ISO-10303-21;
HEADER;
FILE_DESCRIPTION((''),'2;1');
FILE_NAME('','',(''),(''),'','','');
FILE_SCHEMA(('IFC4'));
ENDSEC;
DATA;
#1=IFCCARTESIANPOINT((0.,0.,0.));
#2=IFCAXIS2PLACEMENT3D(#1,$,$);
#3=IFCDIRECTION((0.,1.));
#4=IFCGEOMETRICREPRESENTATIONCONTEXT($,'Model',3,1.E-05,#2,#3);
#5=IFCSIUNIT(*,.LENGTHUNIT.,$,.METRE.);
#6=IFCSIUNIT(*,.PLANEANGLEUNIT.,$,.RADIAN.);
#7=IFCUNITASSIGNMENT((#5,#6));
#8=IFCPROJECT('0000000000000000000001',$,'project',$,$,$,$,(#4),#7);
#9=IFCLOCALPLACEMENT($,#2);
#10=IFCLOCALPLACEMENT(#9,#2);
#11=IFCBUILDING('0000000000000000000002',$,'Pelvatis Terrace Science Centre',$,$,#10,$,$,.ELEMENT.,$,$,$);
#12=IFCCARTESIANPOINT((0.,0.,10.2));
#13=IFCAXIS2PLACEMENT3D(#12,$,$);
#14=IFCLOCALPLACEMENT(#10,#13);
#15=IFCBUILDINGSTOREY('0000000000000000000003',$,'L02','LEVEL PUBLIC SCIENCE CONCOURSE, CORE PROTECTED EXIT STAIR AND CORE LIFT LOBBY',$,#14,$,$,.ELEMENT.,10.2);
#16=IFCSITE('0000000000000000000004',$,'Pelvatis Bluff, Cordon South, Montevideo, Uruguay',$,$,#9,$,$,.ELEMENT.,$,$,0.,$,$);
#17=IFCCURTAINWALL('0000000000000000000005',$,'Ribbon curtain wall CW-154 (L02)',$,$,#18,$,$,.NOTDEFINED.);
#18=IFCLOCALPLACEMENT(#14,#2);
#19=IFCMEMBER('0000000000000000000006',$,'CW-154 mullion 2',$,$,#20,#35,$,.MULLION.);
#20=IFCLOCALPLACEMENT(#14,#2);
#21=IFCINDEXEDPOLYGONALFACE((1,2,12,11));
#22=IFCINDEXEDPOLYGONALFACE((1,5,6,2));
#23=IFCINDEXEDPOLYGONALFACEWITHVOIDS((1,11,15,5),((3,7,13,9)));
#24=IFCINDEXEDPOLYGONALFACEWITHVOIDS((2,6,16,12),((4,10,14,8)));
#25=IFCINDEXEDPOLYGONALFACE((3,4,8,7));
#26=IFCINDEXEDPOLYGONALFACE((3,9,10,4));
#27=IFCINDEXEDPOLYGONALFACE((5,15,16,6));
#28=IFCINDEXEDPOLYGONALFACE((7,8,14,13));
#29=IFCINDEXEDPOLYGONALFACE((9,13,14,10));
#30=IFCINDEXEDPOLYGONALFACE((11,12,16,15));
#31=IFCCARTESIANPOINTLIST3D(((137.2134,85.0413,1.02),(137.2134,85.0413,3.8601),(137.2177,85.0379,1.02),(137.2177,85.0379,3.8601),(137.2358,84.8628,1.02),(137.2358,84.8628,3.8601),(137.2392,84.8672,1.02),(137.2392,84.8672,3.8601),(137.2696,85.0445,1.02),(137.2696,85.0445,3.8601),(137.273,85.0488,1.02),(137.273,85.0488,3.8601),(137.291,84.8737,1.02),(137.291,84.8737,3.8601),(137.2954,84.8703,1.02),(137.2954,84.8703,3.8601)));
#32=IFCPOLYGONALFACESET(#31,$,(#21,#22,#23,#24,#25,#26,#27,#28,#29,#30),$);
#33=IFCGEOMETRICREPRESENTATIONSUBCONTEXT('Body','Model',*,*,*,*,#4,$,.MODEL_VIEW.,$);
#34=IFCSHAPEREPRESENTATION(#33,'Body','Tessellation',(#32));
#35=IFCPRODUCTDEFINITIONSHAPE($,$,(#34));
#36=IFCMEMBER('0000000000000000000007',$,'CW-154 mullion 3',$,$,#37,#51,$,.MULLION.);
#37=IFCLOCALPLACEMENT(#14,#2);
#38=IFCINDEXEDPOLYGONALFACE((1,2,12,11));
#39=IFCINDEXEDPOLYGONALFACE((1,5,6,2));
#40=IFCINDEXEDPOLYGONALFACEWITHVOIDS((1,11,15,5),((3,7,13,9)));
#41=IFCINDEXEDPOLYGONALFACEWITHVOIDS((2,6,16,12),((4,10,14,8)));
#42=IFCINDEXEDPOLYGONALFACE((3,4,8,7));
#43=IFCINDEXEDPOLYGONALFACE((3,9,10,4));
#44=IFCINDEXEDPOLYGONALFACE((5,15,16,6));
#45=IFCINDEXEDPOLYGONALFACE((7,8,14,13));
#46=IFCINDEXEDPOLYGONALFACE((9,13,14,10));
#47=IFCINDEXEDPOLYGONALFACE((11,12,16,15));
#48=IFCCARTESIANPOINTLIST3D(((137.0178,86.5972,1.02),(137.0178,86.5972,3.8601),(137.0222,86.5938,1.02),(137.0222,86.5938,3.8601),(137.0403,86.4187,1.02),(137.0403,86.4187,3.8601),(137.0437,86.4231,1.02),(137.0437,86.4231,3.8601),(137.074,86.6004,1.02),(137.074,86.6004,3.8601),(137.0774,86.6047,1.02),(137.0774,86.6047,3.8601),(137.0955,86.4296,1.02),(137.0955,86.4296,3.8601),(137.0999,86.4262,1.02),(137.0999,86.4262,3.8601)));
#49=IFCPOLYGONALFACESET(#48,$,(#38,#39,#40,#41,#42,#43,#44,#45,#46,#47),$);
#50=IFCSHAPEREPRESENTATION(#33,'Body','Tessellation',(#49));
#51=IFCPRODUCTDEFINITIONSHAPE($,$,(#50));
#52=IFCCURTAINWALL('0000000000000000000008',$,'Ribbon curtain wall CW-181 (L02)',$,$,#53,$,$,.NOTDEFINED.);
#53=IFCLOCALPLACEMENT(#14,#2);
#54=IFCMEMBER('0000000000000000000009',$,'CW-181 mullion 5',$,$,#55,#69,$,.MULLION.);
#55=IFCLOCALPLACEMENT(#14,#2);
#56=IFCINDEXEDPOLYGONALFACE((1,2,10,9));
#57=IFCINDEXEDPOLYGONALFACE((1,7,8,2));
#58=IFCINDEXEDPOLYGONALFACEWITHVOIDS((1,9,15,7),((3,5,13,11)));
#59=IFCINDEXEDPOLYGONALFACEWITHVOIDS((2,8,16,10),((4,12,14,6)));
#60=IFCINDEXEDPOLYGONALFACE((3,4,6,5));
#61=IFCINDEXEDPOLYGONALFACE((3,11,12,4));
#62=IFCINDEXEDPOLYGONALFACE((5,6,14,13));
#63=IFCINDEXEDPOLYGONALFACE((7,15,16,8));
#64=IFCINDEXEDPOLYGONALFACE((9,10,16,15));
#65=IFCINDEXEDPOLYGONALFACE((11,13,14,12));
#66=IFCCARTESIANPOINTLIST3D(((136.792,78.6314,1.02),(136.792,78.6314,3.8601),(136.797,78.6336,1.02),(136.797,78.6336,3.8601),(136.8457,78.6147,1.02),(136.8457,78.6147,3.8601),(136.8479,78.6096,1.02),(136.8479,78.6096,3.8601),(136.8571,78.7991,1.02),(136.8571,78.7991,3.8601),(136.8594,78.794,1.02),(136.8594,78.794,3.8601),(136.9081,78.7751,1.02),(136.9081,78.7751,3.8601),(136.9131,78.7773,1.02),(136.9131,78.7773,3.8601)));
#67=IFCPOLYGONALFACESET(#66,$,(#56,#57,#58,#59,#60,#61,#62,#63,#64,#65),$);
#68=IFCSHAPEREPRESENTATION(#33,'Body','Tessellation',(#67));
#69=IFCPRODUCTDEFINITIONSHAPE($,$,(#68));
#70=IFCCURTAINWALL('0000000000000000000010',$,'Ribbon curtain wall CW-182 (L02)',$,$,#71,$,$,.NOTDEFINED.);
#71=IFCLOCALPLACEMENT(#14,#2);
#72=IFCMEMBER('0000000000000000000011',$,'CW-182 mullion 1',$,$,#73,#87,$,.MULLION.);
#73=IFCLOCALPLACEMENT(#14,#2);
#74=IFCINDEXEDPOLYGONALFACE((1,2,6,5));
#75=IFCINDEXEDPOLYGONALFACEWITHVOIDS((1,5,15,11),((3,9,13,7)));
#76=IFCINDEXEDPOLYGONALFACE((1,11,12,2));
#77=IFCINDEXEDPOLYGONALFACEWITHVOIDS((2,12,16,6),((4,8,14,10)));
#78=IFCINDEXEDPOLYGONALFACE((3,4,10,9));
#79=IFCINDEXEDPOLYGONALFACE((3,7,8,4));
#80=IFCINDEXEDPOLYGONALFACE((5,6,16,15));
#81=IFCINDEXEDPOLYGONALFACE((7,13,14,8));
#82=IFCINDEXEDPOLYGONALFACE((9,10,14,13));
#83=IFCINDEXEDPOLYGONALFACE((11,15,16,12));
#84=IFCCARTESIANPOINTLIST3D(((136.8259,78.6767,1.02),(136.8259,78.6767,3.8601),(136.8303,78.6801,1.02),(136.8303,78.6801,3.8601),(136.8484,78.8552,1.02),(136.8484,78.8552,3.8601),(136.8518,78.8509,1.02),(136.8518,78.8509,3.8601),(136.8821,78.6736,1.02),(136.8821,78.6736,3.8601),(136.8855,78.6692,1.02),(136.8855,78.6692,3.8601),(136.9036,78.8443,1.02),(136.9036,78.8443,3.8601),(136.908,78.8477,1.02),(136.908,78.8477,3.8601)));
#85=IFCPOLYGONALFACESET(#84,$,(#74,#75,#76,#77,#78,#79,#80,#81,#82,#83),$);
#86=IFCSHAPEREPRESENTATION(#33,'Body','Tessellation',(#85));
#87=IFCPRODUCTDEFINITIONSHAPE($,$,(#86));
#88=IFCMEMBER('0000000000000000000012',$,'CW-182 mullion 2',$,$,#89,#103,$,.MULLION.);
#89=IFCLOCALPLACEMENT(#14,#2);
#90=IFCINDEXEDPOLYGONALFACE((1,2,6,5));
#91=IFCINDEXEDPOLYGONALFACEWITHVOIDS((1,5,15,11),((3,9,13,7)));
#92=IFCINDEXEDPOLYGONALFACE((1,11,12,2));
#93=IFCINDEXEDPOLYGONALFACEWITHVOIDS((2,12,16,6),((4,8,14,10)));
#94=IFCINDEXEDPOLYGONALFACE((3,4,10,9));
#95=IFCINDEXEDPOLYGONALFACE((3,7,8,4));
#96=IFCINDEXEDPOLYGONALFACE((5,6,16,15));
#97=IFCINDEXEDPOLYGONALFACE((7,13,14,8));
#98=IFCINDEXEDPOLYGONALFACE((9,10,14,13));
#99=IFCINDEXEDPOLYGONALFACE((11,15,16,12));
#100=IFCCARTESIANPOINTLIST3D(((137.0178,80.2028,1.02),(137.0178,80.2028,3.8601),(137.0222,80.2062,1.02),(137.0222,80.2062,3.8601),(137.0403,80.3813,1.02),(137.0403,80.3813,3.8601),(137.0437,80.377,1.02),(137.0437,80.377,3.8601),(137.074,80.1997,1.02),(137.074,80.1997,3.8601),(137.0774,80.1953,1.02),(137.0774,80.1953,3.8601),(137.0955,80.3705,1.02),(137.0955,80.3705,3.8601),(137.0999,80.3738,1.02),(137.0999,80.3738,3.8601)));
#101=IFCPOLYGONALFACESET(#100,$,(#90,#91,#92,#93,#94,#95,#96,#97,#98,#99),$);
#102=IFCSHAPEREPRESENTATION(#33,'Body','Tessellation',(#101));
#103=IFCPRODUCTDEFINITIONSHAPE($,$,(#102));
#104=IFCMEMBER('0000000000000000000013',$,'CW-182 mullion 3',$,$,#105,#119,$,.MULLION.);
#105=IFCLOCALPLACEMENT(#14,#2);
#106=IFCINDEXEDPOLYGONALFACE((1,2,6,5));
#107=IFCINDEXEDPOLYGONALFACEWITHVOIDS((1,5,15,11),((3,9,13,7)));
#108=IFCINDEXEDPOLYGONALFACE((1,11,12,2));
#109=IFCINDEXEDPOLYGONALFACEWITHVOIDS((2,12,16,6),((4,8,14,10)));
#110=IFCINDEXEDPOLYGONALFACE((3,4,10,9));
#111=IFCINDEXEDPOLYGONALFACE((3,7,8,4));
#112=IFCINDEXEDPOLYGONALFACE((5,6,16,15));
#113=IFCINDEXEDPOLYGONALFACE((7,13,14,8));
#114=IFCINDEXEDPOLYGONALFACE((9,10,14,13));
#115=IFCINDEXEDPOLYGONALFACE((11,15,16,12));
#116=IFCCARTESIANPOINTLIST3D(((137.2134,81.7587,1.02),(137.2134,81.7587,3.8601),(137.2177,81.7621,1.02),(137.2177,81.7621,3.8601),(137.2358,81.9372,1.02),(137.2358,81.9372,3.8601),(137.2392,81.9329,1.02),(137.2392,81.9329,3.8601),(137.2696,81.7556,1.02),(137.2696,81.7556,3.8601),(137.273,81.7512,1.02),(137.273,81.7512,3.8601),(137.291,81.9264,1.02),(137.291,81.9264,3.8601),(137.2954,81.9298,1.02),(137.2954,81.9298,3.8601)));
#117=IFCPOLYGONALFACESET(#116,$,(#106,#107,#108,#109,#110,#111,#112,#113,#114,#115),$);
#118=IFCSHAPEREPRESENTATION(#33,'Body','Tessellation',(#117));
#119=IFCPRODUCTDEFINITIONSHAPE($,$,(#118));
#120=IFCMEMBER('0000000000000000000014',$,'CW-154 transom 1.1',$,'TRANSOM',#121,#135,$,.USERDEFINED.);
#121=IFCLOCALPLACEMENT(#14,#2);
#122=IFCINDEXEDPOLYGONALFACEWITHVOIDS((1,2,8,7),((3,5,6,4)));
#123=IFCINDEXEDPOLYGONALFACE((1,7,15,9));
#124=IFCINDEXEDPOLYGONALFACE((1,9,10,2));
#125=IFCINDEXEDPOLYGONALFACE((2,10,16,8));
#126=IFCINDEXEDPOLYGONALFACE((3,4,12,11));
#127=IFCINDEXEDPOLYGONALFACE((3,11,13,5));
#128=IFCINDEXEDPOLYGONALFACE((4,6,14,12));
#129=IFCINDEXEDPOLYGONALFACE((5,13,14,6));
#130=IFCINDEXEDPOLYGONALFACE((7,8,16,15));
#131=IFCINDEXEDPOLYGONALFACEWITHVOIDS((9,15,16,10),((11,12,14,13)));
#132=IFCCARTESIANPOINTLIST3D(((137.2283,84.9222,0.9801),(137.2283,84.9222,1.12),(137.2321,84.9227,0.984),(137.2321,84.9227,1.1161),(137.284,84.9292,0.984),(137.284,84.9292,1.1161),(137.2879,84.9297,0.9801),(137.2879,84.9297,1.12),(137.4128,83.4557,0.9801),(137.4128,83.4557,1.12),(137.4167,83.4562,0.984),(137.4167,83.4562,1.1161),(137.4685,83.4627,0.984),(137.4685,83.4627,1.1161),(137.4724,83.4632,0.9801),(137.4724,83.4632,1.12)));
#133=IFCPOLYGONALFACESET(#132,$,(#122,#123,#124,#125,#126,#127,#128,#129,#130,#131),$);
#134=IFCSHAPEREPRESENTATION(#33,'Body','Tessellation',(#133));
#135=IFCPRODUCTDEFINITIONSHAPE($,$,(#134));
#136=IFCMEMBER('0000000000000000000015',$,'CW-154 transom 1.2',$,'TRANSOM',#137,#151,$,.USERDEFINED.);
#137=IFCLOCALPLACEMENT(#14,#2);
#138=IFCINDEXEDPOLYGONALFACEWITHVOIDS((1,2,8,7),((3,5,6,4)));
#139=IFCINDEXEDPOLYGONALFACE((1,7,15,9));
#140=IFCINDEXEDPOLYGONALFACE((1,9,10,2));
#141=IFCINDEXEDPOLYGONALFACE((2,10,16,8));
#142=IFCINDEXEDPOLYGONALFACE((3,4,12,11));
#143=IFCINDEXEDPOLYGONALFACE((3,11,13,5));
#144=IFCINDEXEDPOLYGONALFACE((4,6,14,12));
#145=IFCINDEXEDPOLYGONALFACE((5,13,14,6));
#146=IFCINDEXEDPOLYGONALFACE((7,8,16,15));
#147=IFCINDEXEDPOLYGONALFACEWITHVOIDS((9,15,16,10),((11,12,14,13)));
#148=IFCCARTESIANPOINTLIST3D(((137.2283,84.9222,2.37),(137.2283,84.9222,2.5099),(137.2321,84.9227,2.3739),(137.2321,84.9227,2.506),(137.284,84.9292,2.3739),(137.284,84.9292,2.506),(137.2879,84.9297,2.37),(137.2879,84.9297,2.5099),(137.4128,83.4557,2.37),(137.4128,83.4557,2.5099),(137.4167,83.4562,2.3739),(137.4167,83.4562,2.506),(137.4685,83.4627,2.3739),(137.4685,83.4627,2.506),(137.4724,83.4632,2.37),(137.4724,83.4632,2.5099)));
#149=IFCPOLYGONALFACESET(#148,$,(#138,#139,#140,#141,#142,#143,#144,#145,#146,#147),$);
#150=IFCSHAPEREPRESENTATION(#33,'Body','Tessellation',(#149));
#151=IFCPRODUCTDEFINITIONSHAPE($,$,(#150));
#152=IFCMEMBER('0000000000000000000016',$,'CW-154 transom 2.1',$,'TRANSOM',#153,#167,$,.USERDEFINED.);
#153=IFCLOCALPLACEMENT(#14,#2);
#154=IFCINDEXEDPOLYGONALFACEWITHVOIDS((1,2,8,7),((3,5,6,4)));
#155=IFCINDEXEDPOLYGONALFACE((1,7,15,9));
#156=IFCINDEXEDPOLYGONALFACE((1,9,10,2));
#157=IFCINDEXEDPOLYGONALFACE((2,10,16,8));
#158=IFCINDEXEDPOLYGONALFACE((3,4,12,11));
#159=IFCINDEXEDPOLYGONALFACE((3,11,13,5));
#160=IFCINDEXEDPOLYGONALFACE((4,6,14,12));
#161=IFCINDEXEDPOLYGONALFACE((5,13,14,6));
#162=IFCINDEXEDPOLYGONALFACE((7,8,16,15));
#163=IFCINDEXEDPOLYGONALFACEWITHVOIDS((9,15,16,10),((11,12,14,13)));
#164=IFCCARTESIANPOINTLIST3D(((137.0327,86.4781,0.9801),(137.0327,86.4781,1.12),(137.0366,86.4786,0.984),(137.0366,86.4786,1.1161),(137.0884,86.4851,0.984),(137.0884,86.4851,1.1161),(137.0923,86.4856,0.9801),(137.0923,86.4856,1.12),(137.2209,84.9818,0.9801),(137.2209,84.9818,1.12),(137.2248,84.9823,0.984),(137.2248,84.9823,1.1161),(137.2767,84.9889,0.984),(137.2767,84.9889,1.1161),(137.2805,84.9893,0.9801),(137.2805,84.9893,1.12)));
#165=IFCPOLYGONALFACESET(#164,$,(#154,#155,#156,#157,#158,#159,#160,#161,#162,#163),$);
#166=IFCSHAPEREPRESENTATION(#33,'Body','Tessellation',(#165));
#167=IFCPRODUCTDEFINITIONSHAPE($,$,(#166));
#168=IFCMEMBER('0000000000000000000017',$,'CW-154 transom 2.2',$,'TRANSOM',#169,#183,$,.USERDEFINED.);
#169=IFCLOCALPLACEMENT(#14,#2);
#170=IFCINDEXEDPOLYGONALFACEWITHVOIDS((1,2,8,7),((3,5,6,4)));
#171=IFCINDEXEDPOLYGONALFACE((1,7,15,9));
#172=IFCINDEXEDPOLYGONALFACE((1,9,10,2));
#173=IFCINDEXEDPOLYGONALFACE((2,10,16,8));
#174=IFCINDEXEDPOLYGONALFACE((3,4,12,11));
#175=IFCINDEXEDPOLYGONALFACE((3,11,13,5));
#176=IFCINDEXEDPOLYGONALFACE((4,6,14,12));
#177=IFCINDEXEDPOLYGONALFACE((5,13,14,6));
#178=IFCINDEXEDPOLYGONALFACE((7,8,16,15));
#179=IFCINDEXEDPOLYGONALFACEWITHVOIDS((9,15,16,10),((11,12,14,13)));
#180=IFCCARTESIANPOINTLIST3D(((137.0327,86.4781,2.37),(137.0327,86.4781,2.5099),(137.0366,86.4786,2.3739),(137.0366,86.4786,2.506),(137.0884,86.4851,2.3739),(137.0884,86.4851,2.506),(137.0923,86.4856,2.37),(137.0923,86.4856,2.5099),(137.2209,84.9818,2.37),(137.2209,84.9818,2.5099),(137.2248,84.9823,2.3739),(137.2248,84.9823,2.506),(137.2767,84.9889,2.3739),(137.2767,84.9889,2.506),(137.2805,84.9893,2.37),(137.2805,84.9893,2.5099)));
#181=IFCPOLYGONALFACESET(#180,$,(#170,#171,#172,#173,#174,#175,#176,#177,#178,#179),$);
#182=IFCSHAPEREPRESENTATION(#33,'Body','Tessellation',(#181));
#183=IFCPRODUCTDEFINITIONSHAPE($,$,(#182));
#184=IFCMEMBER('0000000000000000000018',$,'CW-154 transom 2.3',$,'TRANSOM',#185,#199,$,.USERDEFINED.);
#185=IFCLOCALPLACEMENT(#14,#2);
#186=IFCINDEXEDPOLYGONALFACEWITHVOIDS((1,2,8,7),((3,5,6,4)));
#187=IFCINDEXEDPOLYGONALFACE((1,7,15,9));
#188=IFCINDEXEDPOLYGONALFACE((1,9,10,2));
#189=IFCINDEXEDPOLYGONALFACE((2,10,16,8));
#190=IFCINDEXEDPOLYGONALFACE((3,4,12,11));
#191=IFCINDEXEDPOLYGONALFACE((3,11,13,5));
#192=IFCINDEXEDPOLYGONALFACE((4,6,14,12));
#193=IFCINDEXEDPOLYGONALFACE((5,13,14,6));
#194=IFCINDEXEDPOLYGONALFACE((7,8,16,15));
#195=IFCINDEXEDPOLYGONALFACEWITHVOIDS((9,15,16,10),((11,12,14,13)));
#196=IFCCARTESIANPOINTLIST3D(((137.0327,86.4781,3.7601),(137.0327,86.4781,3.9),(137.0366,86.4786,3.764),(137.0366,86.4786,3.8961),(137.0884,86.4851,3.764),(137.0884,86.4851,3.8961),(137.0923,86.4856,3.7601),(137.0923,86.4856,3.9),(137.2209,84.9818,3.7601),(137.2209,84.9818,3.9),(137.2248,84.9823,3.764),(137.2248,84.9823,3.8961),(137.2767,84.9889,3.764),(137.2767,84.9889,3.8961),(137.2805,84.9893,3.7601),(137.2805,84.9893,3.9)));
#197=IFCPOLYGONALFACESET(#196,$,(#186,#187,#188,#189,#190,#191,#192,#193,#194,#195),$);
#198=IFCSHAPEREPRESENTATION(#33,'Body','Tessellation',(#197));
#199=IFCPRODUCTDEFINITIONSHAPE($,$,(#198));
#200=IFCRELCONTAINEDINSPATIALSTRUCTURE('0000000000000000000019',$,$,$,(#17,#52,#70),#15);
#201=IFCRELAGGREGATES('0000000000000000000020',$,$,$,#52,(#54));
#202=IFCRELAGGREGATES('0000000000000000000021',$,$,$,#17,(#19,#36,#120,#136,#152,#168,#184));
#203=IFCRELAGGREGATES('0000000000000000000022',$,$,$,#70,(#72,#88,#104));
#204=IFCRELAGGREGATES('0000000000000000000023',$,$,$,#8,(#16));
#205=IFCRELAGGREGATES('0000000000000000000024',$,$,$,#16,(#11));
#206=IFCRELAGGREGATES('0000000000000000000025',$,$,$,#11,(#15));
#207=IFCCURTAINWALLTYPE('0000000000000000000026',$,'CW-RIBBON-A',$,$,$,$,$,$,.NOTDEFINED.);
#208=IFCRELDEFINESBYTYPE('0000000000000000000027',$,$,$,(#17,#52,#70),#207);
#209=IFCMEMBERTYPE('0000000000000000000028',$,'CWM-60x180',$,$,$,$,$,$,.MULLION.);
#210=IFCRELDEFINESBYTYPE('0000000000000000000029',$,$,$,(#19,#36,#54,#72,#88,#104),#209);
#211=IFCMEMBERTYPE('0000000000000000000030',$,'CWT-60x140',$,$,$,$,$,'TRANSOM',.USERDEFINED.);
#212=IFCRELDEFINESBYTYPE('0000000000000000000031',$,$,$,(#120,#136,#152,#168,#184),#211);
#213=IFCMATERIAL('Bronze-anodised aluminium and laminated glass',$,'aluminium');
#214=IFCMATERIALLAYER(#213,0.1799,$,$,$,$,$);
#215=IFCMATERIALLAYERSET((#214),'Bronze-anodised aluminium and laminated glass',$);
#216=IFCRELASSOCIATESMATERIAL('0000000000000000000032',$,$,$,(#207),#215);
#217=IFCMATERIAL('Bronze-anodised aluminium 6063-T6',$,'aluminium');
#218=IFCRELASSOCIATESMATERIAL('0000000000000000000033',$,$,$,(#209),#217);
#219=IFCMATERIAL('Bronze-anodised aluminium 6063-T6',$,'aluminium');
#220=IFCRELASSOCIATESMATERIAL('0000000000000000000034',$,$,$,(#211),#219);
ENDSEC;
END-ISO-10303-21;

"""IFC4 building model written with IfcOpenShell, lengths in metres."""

from ifc_helpers import new_model, si_unit, direction, frame, origin, origin_2d, place, context, subcontext, project, spatial, hollow_rectangle, extrude, material, layer, layer_set, material_profile, profile_set, type_object, element, aggregate, save


model = new_model("IFC4")

# Units and contexts
model_context = context("Model", 3, precision=1e-05, world=origin(), true_north=direction((0.0, 1.0)))
body_context = subcontext(model_context, "Body", "Model", "MODEL_VIEW")
ifc_project = project(units=[si_unit("LENGTHUNIT", "METRE"), si_unit("PLANEANGLEUNIT", "RADIAN")], contexts=[model_context])

# Site, building, storey
site_placement = place(None, origin())
site = spatial("IfcSite", under=ifc_project, at=site_placement, Name="Pelvatis Bluff, Cordon South, Montevideo, Uruguay", CompositionType="ELEMENT", RefElevation=0.0)
building_placement = place(site_placement, origin())
building = spatial("IfcBuilding", under=site, at=building_placement, Name="Pelvatis Terrace Science Centre", CompositionType="ELEMENT")
storey_placement = place(building_placement, frame((0.0, 0.0, 10.2)))
storey = spatial("IfcBuildingStorey", under=building, at=storey_placement, Name="L02", Description="LEVEL PUBLIC SCIENCE CONCOURSE, CORE PROTECTED EXIT STAIR AND CORE LIFT LOBBY", CompositionType="ELEMENT", Elevation=10.2)

# Curtain wall, members
ifc_material_1 = material(Name="Bronze-anodised aluminium and laminated glass", Category="aluminium")
ifc_layer_1 = layer(ifc_material_1, 0.1799)
ifc_layer_set_1 = layer_set([ifc_layer_1], Name="Bronze-anodised aluminium and laminated glass")
curtain_wall_type = type_object("IfcCurtainWallType", Name="CW-RIBBON-A", PredefinedType="NOTDEFINED", material=ifc_layer_set_1)
curtain_wall_1_placement = place(storey_placement, origin())
curtain_wall_1 = element("IfcCurtainWall", 1, at=curtain_wall_1_placement, inside=storey, type_object=curtain_wall_type, Name="Ribbon curtain wall CW-154 (L02)", PredefinedType="NOTDEFINED")
ifc_material_2 = material(Name="Bronze-anodised aluminium 6063-T6", Category="aluminium")
ifc_material_profile_1 = material_profile(ifc_material_2, hollow_rectangle(XDim=0.0601, YDim=0.1799, WallThickness=0.0039, at=origin_2d()), Name="ALU-MUL 60x180")
ifc_profile_set_1 = profile_set([ifc_material_profile_1], Name="Bronze-anodised aluminium 6063-T6")
member_type_1 = type_object("IfcMemberType", Name="CWM-60x180", PredefinedType="MULLION", material=ifc_profile_set_1)
member_1_placement = place(storey_placement, frame((137.2544, 84.9558, 1.02), z_axis=(0.0, 0.0, 1.0), x_axis=(-0.992193, -0.124715, 0.0)))
member_1 = element("IfcMember", 2, at=member_1_placement, type_object=member_type_1, Name="CW-154 mullion 2", PredefinedType="MULLION", context=body_context, shape_type="SweptSolid", body=[
    extrude(hollow_rectangle(XDim=0.0601, YDim=0.1799, WallThickness=0.0039, at=origin_2d()), origin(), (0.0, 0.0, 1.0), 2.8401),
])
member_2_placement = place(storey_placement, frame((137.0588, 86.5117, 1.02), z_axis=(0.0, 0.0, 1.0), x_axis=(-0.992193, -0.124715, 0.0)))
member_2 = element("IfcMember", 3, at=member_2_placement, type_object=member_type_1, Name="CW-154 mullion 3", PredefinedType="MULLION", context=body_context, shape_type="SweptSolid", body=[
    extrude(hollow_rectangle(XDim=0.0601, YDim=0.1799, WallThickness=0.0039, at=origin_2d()), origin(), (0.0, 0.0, 1.0), 2.8401),
])

# Curtain wall, member
curtain_wall_2_placement = place(storey_placement, origin())
curtain_wall_2 = element("IfcCurtainWall", 4, at=curtain_wall_2_placement, inside=storey, type_object=curtain_wall_type, Name="Ribbon curtain wall CW-181 (L02)", PredefinedType="NOTDEFINED")
member_3_placement = place(storey_placement, frame((136.8525, 78.7043, 1.02), z_axis=(0.0, 0.0, 1.0), x_axis=(-0.932092, 0.362221, 0.0)))
member_3 = element("IfcMember", 5, at=member_3_placement, type_object=member_type_1, Name="CW-181 mullion 5", PredefinedType="MULLION", context=body_context, shape_type="SweptSolid", body=[
    extrude(hollow_rectangle(XDim=0.0601, YDim=0.1799, WallThickness=0.0039, at=origin_2d()), origin(), (0.0, 0.0, 1.0), 2.8401),
])
aggregate(curtain_wall_2, [member_3])

# Curtain wall, members
curtain_wall_3_placement = place(storey_placement, origin())
curtain_wall_3 = element("IfcCurtainWall", 6, at=curtain_wall_3_placement, inside=storey, type_object=curtain_wall_type, Name="Ribbon curtain wall CW-182 (L02)", PredefinedType="NOTDEFINED")
member_4_placement = place(storey_placement, frame((136.8669, 78.7622, 1.02), z_axis=(0.0, 0.0, 1.0), x_axis=(-0.992193, 0.124715, 0.0)))
member_4 = element("IfcMember", 7, at=member_4_placement, type_object=member_type_1, Name="CW-182 mullion 1", PredefinedType="MULLION", context=body_context, shape_type="SweptSolid", body=[
    extrude(hollow_rectangle(XDim=0.0601, YDim=0.1799, WallThickness=0.0039, at=origin_2d()), origin(), (0.0, 0.0, 1.0), 2.8401),
])
member_5_placement = place(storey_placement, frame((137.0588, 80.2883, 1.02), z_axis=(0.0, 0.0, 1.0), x_axis=(-0.992193, 0.124715, 0.0)))
member_5 = element("IfcMember", 8, at=member_5_placement, type_object=member_type_1, Name="CW-182 mullion 2", PredefinedType="MULLION", context=body_context, shape_type="SweptSolid", body=[
    extrude(hollow_rectangle(XDim=0.0601, YDim=0.1799, WallThickness=0.0039, at=origin_2d()), origin(), (0.0, 0.0, 1.0), 2.8401),
])
member_6_placement = place(storey_placement, frame((137.2544, 81.8442, 1.02), z_axis=(0.0, 0.0, 1.0), x_axis=(-0.992193, 0.124715, 0.0)))
member_6 = element("IfcMember", 9, at=member_6_placement, type_object=member_type_1, Name="CW-182 mullion 3", PredefinedType="MULLION", context=body_context, shape_type="SweptSolid", body=[
    extrude(hollow_rectangle(XDim=0.0601, YDim=0.1799, WallThickness=0.0039, at=origin_2d()), origin(), (0.0, 0.0, 1.0), 2.8401),
])

# Members
ifc_material_3 = material(Name="Bronze-anodised aluminium 6063-T6", Category="aluminium")
ifc_material_profile_2 = material_profile(ifc_material_3, hollow_rectangle(XDim=0.0601, YDim=0.1399, WallThickness=0.0039, at=origin_2d()), Name="ALU-TRN 60x140")
ifc_profile_set_2 = profile_set([ifc_material_profile_2], Name="Bronze-anodised aluminium 6063-T6")
member_type_2 = type_object("IfcMemberType", Name="CWT-60x140", ElementType="TRANSOM", PredefinedType="USERDEFINED", material=ifc_profile_set_2)
member_7_placement = place(storey_placement, frame((137.4426, 83.4595, 1.05), z_axis=(-0.124868, 0.992173, 0.0), x_axis=(-0.992173, -0.124868, 0.0)))
member_7 = element("IfcMember", 10, at=member_7_placement, type_object=member_type_2, Name="CW-154 transom 1.1", ObjectType="TRANSOM", PredefinedType="USERDEFINED", context=body_context, shape_type="SweptSolid", body=[
    extrude(hollow_rectangle(XDim=0.0601, YDim=0.1399, WallThickness=0.0039, at=origin_2d()), origin(), (0.0, 0.0, 1.0), 1.478),
])
member_8_placement = place(storey_placement, frame((137.4426, 83.4595, 2.4399), z_axis=(-0.124868, 0.992173, 0.0), x_axis=(-0.992173, -0.124868, 0.0)))
member_8 = element("IfcMember", 11, at=member_8_placement, type_object=member_type_2, Name="CW-154 transom 1.2", ObjectType="TRANSOM", PredefinedType="USERDEFINED", context=body_context, shape_type="SweptSolid", body=[
    extrude(hollow_rectangle(XDim=0.0601, YDim=0.1399, WallThickness=0.0039, at=origin_2d()), origin(), (0.0, 0.0, 1.0), 1.478),
])
member_9_placement = place(storey_placement, frame((137.2507, 84.9856, 1.05), z_axis=(-0.124812, 0.99218, 0.0), x_axis=(-0.99218, -0.124812, 0.0)))
member_9 = element("IfcMember", 12, at=member_9_placement, type_object=member_type_2, Name="CW-154 transom 2.1", ObjectType="TRANSOM", PredefinedType="USERDEFINED", context=body_context, shape_type="SweptSolid", body=[
    extrude(hollow_rectangle(XDim=0.0601, YDim=0.1399, WallThickness=0.0039, at=origin_2d()), origin(), (0.0, 0.0, 1.0), 1.5081),
])
member_10_placement = place(storey_placement, frame((137.2507, 84.9856, 2.4399), z_axis=(-0.124812, 0.99218, 0.0), x_axis=(-0.99218, -0.124812, 0.0)))
member_10 = element("IfcMember", 13, at=member_10_placement, type_object=member_type_2, Name="CW-154 transom 2.2", ObjectType="TRANSOM", PredefinedType="USERDEFINED", context=body_context, shape_type="SweptSolid", body=[
    extrude(hollow_rectangle(XDim=0.0601, YDim=0.1399, WallThickness=0.0039, at=origin_2d()), origin(), (0.0, 0.0, 1.0), 1.5081),
])
member_11_placement = place(storey_placement, frame((137.2507, 84.9856, 3.8301), z_axis=(-0.124812, 0.99218, 0.0), x_axis=(-0.99218, -0.124812, 0.0)))
member_11 = element("IfcMember", 14, at=member_11_placement, type_object=member_type_2, Name="CW-154 transom 2.3", ObjectType="TRANSOM", PredefinedType="USERDEFINED", context=body_context, shape_type="SweptSolid", body=[
    extrude(hollow_rectangle(XDim=0.0601, YDim=0.1399, WallThickness=0.0039, at=origin_2d()), origin(), (0.0, 0.0, 1.0), 1.5081),
])

aggregate(curtain_wall_1, [member_1, member_2, member_7, member_8, member_9, member_10, member_11])
aggregate(curtain_wall_3, [member_4, member_5, member_6])

save(model, "model.ifc")
